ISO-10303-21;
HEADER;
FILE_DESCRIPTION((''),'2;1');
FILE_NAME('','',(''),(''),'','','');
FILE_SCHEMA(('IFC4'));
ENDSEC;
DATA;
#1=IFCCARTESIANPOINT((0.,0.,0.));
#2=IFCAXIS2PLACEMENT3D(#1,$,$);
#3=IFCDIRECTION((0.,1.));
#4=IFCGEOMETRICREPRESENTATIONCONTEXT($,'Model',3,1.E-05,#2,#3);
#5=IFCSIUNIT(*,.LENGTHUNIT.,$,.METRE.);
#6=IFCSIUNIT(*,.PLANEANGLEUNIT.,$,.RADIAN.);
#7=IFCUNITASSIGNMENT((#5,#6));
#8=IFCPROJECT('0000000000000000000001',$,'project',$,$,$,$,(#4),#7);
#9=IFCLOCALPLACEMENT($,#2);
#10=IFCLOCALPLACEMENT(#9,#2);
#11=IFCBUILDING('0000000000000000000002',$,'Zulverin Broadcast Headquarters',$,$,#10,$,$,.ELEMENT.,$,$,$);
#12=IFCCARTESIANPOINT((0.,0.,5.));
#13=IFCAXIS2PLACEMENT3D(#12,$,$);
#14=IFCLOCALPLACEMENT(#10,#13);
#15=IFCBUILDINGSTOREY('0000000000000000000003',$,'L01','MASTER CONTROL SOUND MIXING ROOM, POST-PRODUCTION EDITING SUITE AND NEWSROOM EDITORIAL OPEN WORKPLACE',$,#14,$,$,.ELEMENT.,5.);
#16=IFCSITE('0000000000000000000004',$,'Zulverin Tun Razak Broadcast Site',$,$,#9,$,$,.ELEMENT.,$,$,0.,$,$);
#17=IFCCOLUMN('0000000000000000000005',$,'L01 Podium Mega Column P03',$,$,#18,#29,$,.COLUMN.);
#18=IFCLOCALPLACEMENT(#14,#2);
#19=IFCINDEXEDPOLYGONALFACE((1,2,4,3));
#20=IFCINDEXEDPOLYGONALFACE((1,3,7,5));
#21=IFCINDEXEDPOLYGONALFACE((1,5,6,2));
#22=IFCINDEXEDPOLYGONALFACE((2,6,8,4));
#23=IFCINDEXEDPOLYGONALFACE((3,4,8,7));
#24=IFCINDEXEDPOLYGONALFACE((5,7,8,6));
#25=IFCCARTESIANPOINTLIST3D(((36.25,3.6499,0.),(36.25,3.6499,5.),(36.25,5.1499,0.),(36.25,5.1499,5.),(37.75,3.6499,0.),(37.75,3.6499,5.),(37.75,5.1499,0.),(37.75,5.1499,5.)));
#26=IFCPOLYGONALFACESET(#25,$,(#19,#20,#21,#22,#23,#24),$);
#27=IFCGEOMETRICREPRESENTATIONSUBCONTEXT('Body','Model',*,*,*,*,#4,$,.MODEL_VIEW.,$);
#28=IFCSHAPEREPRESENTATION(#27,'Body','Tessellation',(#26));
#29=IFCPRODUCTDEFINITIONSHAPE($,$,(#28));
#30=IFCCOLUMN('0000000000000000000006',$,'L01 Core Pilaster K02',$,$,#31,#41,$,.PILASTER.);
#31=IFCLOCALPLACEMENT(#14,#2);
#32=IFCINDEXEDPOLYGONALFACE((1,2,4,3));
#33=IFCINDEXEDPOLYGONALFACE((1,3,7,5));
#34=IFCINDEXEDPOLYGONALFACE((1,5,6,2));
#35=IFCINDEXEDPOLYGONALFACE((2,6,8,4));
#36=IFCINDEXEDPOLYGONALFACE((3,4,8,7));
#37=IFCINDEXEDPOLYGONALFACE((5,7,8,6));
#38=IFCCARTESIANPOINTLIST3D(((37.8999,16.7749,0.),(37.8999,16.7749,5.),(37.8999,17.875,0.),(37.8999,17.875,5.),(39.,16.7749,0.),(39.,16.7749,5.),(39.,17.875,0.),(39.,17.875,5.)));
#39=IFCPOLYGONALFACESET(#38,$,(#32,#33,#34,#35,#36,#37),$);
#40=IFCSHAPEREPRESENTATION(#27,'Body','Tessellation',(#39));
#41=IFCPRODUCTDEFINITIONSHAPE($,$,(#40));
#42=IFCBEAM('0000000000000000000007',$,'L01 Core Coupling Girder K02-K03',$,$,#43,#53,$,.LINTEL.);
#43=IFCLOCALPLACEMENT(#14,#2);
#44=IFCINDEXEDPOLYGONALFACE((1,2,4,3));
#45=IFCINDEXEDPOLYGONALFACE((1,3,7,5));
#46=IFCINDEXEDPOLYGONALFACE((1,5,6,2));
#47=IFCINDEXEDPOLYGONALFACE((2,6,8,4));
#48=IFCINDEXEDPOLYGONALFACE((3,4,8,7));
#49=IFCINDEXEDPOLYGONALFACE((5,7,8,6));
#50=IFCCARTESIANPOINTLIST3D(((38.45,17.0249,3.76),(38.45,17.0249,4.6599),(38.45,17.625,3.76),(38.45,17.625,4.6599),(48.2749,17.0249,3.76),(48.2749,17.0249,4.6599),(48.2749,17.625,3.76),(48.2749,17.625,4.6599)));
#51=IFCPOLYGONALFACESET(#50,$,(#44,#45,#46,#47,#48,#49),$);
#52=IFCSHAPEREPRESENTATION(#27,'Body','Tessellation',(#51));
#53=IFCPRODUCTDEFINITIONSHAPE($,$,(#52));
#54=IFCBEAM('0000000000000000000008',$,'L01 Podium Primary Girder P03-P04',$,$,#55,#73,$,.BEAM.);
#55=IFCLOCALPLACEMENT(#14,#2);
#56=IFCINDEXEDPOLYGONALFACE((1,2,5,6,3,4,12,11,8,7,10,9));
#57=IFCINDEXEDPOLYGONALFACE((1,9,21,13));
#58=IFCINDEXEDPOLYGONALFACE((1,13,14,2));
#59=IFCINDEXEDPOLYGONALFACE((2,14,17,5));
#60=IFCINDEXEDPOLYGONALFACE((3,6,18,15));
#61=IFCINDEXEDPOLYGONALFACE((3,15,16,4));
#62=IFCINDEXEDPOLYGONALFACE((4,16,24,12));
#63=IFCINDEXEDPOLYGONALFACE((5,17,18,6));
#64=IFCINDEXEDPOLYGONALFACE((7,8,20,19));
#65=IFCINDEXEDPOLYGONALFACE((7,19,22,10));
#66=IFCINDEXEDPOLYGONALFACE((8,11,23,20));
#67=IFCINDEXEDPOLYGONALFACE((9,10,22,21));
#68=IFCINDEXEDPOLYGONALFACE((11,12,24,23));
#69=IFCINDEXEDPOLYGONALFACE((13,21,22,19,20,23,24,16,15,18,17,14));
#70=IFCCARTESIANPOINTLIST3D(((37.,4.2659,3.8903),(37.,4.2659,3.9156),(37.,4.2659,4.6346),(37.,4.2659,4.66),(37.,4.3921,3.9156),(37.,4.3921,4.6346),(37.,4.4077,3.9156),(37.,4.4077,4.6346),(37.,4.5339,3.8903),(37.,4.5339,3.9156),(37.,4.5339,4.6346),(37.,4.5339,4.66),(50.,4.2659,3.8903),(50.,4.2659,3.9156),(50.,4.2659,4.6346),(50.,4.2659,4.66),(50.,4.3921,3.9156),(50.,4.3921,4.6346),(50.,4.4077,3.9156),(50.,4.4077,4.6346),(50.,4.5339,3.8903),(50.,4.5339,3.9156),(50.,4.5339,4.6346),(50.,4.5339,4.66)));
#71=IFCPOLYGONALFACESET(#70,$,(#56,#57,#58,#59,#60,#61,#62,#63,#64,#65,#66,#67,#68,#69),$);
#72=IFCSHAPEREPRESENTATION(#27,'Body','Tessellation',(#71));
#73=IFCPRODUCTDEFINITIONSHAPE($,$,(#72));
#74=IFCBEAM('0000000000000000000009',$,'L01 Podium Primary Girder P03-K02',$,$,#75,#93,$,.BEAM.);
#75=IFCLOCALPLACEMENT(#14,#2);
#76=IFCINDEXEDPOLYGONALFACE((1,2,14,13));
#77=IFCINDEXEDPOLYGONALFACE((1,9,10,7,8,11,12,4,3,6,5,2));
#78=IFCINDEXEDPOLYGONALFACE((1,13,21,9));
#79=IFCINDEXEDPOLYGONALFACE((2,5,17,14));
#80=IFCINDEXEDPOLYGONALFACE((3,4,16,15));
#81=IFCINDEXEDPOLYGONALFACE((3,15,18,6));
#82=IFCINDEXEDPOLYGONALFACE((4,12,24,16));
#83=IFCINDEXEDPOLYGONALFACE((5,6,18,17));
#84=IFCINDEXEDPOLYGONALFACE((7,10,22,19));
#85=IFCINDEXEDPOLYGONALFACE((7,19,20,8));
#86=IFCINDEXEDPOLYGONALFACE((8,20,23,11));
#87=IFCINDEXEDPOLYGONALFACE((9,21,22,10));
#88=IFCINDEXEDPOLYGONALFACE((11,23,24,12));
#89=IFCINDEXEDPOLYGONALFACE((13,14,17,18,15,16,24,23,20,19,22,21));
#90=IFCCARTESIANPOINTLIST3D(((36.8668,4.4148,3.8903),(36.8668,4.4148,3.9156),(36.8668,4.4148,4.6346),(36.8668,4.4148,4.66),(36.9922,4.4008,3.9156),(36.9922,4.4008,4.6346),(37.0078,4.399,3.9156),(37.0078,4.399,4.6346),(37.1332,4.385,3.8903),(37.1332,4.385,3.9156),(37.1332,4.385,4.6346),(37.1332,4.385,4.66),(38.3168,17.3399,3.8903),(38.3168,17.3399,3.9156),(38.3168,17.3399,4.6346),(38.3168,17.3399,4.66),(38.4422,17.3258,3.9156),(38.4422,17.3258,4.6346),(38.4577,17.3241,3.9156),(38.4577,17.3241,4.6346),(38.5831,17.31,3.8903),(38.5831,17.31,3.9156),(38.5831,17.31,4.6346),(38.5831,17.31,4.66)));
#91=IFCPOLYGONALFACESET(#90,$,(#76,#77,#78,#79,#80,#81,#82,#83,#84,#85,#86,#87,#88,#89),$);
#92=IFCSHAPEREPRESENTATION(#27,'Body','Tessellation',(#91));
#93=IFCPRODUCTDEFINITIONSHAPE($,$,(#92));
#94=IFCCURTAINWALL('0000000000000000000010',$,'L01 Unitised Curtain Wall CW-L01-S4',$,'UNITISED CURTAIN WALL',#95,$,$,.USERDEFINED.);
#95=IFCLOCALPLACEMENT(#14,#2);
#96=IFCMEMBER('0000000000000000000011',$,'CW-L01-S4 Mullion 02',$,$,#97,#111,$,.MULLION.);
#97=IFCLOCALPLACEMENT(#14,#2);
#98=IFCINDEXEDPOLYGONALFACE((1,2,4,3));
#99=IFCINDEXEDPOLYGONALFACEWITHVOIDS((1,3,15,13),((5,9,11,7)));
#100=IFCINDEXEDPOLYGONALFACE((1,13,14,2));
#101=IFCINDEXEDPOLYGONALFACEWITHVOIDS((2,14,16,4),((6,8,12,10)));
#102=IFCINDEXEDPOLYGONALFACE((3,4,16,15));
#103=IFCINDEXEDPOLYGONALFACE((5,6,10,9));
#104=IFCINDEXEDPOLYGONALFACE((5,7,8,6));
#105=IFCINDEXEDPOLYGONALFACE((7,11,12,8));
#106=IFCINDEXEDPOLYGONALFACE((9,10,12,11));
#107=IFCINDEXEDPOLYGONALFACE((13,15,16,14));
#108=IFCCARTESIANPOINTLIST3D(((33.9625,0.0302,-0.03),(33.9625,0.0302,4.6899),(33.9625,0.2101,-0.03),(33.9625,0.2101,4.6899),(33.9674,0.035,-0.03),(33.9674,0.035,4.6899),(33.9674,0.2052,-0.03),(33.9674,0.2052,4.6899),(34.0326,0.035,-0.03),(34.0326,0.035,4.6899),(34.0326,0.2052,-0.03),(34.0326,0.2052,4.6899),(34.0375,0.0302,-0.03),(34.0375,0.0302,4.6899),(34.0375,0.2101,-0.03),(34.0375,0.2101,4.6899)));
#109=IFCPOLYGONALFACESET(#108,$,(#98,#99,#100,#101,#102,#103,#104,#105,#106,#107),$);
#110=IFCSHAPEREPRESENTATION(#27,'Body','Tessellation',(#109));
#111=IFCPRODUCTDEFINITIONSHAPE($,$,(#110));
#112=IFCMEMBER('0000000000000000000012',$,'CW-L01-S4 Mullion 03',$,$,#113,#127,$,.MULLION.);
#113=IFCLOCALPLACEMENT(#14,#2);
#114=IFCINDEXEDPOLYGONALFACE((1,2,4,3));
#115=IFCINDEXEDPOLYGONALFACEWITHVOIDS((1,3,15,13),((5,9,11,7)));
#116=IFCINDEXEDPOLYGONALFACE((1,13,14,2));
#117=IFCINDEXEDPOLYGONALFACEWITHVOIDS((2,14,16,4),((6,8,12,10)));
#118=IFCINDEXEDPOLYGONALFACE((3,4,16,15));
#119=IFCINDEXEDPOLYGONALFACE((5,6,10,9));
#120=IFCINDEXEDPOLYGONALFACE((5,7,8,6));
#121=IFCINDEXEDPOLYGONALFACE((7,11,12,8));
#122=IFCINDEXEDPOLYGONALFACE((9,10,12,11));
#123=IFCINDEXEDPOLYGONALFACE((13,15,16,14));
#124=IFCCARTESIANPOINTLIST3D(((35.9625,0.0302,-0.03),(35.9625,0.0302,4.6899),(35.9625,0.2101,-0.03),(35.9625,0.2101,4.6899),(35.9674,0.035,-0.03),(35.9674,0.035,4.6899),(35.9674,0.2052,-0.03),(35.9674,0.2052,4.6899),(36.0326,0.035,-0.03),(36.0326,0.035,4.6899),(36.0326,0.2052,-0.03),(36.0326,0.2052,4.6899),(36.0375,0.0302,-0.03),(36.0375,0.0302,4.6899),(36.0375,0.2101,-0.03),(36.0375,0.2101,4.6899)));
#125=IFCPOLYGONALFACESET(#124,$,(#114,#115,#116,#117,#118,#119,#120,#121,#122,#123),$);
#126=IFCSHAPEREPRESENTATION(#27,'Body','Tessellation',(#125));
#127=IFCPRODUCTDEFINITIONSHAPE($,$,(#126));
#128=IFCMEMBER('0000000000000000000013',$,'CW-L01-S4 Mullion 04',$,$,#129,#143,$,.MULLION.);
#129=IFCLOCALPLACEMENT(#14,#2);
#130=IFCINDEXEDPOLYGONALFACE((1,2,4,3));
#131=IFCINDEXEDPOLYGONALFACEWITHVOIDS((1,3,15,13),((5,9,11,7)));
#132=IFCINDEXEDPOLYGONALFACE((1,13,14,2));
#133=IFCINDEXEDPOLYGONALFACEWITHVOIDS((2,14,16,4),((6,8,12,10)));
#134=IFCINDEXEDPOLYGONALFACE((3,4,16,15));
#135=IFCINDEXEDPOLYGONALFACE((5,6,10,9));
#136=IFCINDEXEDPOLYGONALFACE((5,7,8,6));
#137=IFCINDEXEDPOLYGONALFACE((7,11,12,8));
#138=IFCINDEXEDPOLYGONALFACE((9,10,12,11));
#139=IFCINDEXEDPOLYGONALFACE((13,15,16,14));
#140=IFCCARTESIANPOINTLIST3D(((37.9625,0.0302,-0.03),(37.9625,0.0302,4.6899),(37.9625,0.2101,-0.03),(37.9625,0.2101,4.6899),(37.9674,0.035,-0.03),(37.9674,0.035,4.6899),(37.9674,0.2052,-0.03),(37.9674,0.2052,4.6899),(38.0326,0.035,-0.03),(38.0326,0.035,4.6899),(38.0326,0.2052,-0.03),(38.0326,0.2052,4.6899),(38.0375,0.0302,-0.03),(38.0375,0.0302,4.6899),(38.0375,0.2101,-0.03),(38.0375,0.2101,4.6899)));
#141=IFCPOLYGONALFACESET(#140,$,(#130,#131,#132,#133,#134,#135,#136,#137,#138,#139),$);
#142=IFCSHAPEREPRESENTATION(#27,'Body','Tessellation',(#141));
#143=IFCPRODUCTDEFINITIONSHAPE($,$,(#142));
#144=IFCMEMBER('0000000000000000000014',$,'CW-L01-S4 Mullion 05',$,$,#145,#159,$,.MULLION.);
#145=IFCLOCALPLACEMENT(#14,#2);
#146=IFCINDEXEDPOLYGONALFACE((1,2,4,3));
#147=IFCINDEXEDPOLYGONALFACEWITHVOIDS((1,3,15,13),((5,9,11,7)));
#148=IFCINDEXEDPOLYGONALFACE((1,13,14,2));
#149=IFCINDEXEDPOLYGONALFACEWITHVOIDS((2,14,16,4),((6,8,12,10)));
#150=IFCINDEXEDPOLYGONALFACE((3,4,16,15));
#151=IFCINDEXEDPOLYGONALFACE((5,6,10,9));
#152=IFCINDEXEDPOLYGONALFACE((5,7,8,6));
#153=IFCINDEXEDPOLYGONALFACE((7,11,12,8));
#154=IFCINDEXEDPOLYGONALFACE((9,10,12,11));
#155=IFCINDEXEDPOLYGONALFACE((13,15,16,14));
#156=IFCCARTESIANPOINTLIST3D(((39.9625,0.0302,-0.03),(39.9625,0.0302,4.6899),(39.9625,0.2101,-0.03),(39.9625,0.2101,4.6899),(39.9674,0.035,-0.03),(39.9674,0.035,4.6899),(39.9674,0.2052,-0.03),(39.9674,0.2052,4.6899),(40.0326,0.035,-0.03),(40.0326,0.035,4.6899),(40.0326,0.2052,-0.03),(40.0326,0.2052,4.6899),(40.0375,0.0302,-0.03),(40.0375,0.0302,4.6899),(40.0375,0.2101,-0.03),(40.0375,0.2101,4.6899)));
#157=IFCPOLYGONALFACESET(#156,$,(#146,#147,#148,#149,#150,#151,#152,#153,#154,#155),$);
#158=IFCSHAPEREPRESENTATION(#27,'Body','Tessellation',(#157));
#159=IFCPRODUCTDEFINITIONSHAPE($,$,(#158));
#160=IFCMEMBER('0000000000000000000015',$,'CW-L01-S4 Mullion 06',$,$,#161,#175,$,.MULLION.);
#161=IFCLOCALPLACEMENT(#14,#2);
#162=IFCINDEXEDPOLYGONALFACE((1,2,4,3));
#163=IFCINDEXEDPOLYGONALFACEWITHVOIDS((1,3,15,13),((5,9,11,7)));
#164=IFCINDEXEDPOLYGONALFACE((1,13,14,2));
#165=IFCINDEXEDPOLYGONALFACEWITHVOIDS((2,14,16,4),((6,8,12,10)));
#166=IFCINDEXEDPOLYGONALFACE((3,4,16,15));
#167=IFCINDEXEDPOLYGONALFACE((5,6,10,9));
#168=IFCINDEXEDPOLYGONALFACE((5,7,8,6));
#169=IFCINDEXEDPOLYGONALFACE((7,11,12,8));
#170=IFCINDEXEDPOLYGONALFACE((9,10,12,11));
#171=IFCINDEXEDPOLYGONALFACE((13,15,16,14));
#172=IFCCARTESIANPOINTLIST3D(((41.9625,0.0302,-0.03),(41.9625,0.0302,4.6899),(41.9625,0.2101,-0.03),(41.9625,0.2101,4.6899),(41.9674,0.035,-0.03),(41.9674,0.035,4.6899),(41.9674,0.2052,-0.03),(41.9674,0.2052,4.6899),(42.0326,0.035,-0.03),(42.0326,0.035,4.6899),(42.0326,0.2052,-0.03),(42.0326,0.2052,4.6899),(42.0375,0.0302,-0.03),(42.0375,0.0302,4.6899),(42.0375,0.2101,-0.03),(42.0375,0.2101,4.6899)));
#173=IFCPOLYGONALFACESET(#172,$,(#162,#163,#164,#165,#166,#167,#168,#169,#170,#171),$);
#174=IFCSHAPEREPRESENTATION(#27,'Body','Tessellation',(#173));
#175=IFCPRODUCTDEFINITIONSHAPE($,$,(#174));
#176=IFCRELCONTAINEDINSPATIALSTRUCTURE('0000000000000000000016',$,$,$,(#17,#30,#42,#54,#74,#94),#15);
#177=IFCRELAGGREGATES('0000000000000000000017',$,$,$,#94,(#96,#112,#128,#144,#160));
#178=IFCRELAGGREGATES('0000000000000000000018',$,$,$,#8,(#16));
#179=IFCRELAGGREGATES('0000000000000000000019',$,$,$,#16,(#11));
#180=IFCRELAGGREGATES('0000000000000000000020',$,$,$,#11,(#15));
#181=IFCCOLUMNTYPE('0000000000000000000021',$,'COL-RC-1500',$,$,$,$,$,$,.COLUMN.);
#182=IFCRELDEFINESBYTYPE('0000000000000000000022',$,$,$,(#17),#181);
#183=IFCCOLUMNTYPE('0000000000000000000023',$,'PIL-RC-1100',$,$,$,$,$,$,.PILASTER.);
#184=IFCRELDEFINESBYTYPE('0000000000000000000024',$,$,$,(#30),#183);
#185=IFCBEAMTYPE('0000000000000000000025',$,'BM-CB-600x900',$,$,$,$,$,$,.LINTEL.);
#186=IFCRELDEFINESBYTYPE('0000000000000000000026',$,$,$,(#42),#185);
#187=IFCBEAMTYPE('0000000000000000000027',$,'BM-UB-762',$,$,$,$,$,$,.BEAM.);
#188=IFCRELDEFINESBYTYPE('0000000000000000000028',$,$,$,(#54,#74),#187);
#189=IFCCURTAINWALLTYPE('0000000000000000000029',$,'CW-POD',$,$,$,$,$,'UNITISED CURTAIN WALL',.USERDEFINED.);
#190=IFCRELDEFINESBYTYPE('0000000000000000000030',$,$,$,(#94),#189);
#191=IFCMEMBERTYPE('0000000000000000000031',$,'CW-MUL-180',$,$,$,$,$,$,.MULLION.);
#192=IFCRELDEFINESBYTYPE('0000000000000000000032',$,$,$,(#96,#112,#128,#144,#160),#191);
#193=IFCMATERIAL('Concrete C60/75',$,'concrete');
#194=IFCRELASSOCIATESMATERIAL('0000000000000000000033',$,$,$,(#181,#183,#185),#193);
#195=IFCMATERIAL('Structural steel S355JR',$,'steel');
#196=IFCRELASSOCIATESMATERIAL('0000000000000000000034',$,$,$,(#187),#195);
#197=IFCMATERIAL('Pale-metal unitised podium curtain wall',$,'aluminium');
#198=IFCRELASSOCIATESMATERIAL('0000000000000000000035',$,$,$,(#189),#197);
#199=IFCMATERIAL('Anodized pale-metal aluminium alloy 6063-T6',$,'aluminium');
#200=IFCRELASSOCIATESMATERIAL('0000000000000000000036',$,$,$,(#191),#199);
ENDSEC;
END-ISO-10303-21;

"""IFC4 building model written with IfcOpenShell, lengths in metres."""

from ifc_helpers import new_model, si_unit, direction, frame, origin, origin_2d, place, context, subcontext, project, spatial, rectangle, hollow_rectangle, i_section, extrude, material, material_profile, profile_set, type_object, element, aggregate, save


model = new_model("IFC4")

# Units and contexts
model_context = context("Model", 3, precision=1e-05, world=origin(), true_north=direction((0.0, 1.0)))
body_context = subcontext(model_context, "Body", "Model", "MODEL_VIEW")
ifc_project = project(units=[si_unit("LENGTHUNIT", "METRE"), si_unit("PLANEANGLEUNIT", "RADIAN")], contexts=[model_context])

# Site, building, storey
site_placement = place(None, origin())
site = spatial("IfcSite", under=ifc_project, at=site_placement, Name="Zulverin Tun Razak Broadcast Site", CompositionType="ELEMENT", RefElevation=0.0)
building_placement = place(site_placement, origin())
building = spatial("IfcBuilding", under=site, at=building_placement, Name="Zulverin Broadcast Headquarters", CompositionType="ELEMENT")
storey_placement = place(building_placement, frame((0.0, 0.0, 5.0)))
storey = spatial("IfcBuildingStorey", under=building, at=storey_placement, Name="L01", Description="MASTER CONTROL SOUND MIXING ROOM, POST-PRODUCTION EDITING SUITE AND NEWSROOM EDITORIAL OPEN WORKPLACE", CompositionType="ELEMENT", Elevation=5.0)

# Columns
ifc_material_1 = material(Name="Concrete C60/75", Category="concrete")
ifc_material_profile_1 = material_profile(ifc_material_1, rectangle(XDim=1.5, YDim=1.5, at=origin_2d()), Name="Concrete C60/75", Category="concrete")
ifc_profile_set_1 = profile_set([ifc_material_profile_1], Name="Concrete C60/75")
column_type_1 = type_object("IfcColumnType", Name="COL-RC-1500", PredefinedType="COLUMN", material=ifc_profile_set_1)
column_1_placement = place(storey_placement, frame((37.0, 4.3999, 0.0), z_axis=(0.0, 0.0, 1.0), x_axis=(1.0, 0.0, 0.0)))
element("IfcColumn", 1, at=column_1_placement, inside=storey, type_object=column_type_1, Name="L01 Podium Mega Column P03", PredefinedType="COLUMN", context=body_context, shape_type="SweptSolid", body=[
    extrude(rectangle(XDim=1.5, YDim=1.5, at=origin_2d()), origin(), (0.0, 0.0, 1.0), 5.0),
])
ifc_material_profile_2 = material_profile(ifc_material_1, rectangle(XDim=1.1001, YDim=1.1001, at=origin_2d()), Name="Concrete C60/75", Category="concrete")
ifc_profile_set_2 = profile_set([ifc_material_profile_2], Name="Concrete C60/75")
column_type_2 = type_object("IfcColumnType", Name="PIL-RC-1100", PredefinedType="PILASTER", material=ifc_profile_set_2)
column_2_placement = place(storey_placement, frame((38.45, 17.325, 0.0), z_axis=(0.0, 0.0, 1.0), x_axis=(1.0, 0.0, 0.0)))
element("IfcColumn", 2, at=column_2_placement, inside=storey, type_object=column_type_2, Name="L01 Core Pilaster K02", PredefinedType="PILASTER", context=body_context, shape_type="SweptSolid", body=[
    extrude(rectangle(XDim=1.1001, YDim=1.1001, at=origin_2d()), origin(), (0.0, 0.0, 1.0), 5.0),
])

# Beams
ifc_material_profile_3 = material_profile(ifc_material_1, rectangle(XDim=0.6001, YDim=0.8999, at=origin_2d()), Name="Concrete C60/75", Category="concrete")
ifc_profile_set_3 = profile_set([ifc_material_profile_3], Name="Concrete C60/75")
beam_type_1 = type_object("IfcBeamType", Name="BM-CB-600x900", PredefinedType="LINTEL", material=ifc_profile_set_3)
beam_1_placement = place(storey_placement, frame((38.45, 17.325, 4.21), z_axis=(1.0, 0.0, 0.0), x_axis=(0.0, 1.0, 0.0)))
element("IfcBeam", 3, at=beam_1_placement, inside=storey, type_object=beam_type_1, Name="L01 Core Coupling Girder K02-K03", PredefinedType="LINTEL", context=body_context, shape_type="SweptSolid", body=[
    extrude(rectangle(XDim=0.6001, YDim=0.8999, at=origin_2d()), origin(), (0.0, 0.0, 1.0), 9.825),
])
ifc_material_2 = material(Name="Structural steel S355JR", Category="steel")
ifc_material_profile_4 = material_profile(ifc_material_2, i_section(OverallWidth=0.2681, OverallDepth=0.7698, WebThickness=0.0156, FlangeThickness=0.0254, at=origin_2d()), Name="Structural steel S355JR", Category="steel")
ifc_profile_set_4 = profile_set([ifc_material_profile_4], Name="Structural steel S355JR")
beam_type_2 = type_object("IfcBeamType", Name="BM-UB-762", PredefinedType="BEAM", material=ifc_profile_set_4)
beam_2_placement = place(storey_placement, frame((37.0, 4.3999, 4.2751), z_axis=(1.0, 0.0, 0.0), x_axis=(0.0, 1.0, 0.0)))
element("IfcBeam", 4, at=beam_2_placement, inside=storey, type_object=beam_type_2, Name="L01 Podium Primary Girder P03-P04", PredefinedType="BEAM", context=body_context, shape_type="SweptSolid", body=[
    extrude(i_section(OverallWidth=0.2681, OverallDepth=0.7698, WebThickness=0.0156, FlangeThickness=0.0254, at=origin_2d()), origin(), (0.0, 0.0, 1.0), 13.0),
])
beam_3_placement = place(storey_placement, frame((37.0, 4.3999, 4.2751), z_axis=(0.111482, 0.993766, 0.0), x_axis=(-0.993766, 0.111482, 0.0)))
element("IfcBeam", 5, at=beam_3_placement, inside=storey, type_object=beam_type_2, Name="L01 Podium Primary Girder P03-K02", PredefinedType="BEAM", context=body_context, shape_type="SweptSolid", body=[
    extrude(i_section(OverallWidth=0.2681, OverallDepth=0.7698, WebThickness=0.0156, FlangeThickness=0.0254, at=origin_2d()), origin(), (0.0, 0.0, 1.0), 13.0061),
])

# Curtain wall, members
ifc_material_3 = material(Name="Pale-metal unitised podium curtain wall", Category="aluminium")
curtain_wall_type = type_object("IfcCurtainWallType", Name="CW-POD", ElementType="UNITISED CURTAIN WALL", PredefinedType="USERDEFINED", material=ifc_material_3)
curtain_wall_placement = place(storey_placement, origin())
curtain_wall = element("IfcCurtainWall", 6, at=curtain_wall_placement, inside=storey, type_object=curtain_wall_type, Name="L01 Unitised Curtain Wall CW-L01-S4", ObjectType="UNITISED CURTAIN WALL", PredefinedType="USERDEFINED")
ifc_material_4 = material(Name="Anodized pale-metal aluminium alloy 6063-T6", Category="aluminium")
ifc_material_profile_5 = material_profile(ifc_material_4, hollow_rectangle(XDim=0.075, YDim=0.1799, WallThickness=0.0049, at=origin_2d()), Name="Anodized pale-metal aluminium alloy 6063-T6", Category="aluminium")
ifc_profile_set_5 = profile_set([ifc_material_profile_5], Name="Anodized pale-metal aluminium alloy 6063-T6")
member_type = type_object("IfcMemberType", Name="CW-MUL-180", PredefinedType="MULLION", material=ifc_profile_set_5)
member_1_placement = place(storey_placement, frame((34.0, 0.1201, -0.03), z_axis=(0.0, 0.0, 1.0), x_axis=(1.0, 0.0, 0.0)))
member_1 = element("IfcMember", 7, at=member_1_placement, type_object=member_type, Name="CW-L01-S4 Mullion 02", PredefinedType="MULLION", context=body_context, shape_type="SweptSolid", body=[
    extrude(hollow_rectangle(XDim=0.075, YDim=0.1799, WallThickness=0.0049, at=origin_2d()), origin(), (0.0, 0.0, 1.0), 4.72),
])
member_2_placement = place(storey_placement, frame((36.0, 0.1201, -0.03), z_axis=(0.0, 0.0, 1.0), x_axis=(1.0, 0.0, 0.0)))
member_2 = element("IfcMember", 8, at=member_2_placement, type_object=member_type, Name="CW-L01-S4 Mullion 03", PredefinedType="MULLION", context=body_context, shape_type="SweptSolid", body=[
    extrude(hollow_rectangle(XDim=0.075, YDim=0.1799, WallThickness=0.0049, at=origin_2d()), origin(), (0.0, 0.0, 1.0), 4.72),
])
member_3_placement = place(storey_placement, frame((38.0, 0.1201, -0.03), z_axis=(0.0, 0.0, 1.0), x_axis=(1.0, 0.0, 0.0)))
member_3 = element("IfcMember", 9, at=member_3_placement, type_object=member_type, Name="CW-L01-S4 Mullion 04", PredefinedType="MULLION", context=body_context, shape_type="SweptSolid", body=[
    extrude(hollow_rectangle(XDim=0.075, YDim=0.1799, WallThickness=0.0049, at=origin_2d()), origin(), (0.0, 0.0, 1.0), 4.72),
])
member_4_placement = place(storey_placement, frame((40.0, 0.1201, -0.03), z_axis=(0.0, 0.0, 1.0), x_axis=(1.0, 0.0, 0.0)))
member_4 = element("IfcMember", 10, at=member_4_placement, type_object=member_type, Name="CW-L01-S4 Mullion 05", PredefinedType="MULLION", context=body_context, shape_type="SweptSolid", body=[
    extrude(hollow_rectangle(XDim=0.075, YDim=0.1799, WallThickness=0.0049, at=origin_2d()), origin(), (0.0, 0.0, 1.0), 4.72),
])
member_5_placement = place(storey_placement, frame((42.0, 0.1201, -0.03), z_axis=(0.0, 0.0, 1.0), x_axis=(1.0, 0.0, 0.0)))
member_5 = element("IfcMember", 11, at=member_5_placement, type_object=member_type, Name="CW-L01-S4 Mullion 06", PredefinedType="MULLION", context=body_context, shape_type="SweptSolid", body=[
    extrude(hollow_rectangle(XDim=0.075, YDim=0.1799, WallThickness=0.0049, at=origin_2d()), origin(), (0.0, 0.0, 1.0), 4.72),
])
aggregate(curtain_wall, [member_1, member_2, member_3, member_4, member_5])

save(model, "model.ifc")
